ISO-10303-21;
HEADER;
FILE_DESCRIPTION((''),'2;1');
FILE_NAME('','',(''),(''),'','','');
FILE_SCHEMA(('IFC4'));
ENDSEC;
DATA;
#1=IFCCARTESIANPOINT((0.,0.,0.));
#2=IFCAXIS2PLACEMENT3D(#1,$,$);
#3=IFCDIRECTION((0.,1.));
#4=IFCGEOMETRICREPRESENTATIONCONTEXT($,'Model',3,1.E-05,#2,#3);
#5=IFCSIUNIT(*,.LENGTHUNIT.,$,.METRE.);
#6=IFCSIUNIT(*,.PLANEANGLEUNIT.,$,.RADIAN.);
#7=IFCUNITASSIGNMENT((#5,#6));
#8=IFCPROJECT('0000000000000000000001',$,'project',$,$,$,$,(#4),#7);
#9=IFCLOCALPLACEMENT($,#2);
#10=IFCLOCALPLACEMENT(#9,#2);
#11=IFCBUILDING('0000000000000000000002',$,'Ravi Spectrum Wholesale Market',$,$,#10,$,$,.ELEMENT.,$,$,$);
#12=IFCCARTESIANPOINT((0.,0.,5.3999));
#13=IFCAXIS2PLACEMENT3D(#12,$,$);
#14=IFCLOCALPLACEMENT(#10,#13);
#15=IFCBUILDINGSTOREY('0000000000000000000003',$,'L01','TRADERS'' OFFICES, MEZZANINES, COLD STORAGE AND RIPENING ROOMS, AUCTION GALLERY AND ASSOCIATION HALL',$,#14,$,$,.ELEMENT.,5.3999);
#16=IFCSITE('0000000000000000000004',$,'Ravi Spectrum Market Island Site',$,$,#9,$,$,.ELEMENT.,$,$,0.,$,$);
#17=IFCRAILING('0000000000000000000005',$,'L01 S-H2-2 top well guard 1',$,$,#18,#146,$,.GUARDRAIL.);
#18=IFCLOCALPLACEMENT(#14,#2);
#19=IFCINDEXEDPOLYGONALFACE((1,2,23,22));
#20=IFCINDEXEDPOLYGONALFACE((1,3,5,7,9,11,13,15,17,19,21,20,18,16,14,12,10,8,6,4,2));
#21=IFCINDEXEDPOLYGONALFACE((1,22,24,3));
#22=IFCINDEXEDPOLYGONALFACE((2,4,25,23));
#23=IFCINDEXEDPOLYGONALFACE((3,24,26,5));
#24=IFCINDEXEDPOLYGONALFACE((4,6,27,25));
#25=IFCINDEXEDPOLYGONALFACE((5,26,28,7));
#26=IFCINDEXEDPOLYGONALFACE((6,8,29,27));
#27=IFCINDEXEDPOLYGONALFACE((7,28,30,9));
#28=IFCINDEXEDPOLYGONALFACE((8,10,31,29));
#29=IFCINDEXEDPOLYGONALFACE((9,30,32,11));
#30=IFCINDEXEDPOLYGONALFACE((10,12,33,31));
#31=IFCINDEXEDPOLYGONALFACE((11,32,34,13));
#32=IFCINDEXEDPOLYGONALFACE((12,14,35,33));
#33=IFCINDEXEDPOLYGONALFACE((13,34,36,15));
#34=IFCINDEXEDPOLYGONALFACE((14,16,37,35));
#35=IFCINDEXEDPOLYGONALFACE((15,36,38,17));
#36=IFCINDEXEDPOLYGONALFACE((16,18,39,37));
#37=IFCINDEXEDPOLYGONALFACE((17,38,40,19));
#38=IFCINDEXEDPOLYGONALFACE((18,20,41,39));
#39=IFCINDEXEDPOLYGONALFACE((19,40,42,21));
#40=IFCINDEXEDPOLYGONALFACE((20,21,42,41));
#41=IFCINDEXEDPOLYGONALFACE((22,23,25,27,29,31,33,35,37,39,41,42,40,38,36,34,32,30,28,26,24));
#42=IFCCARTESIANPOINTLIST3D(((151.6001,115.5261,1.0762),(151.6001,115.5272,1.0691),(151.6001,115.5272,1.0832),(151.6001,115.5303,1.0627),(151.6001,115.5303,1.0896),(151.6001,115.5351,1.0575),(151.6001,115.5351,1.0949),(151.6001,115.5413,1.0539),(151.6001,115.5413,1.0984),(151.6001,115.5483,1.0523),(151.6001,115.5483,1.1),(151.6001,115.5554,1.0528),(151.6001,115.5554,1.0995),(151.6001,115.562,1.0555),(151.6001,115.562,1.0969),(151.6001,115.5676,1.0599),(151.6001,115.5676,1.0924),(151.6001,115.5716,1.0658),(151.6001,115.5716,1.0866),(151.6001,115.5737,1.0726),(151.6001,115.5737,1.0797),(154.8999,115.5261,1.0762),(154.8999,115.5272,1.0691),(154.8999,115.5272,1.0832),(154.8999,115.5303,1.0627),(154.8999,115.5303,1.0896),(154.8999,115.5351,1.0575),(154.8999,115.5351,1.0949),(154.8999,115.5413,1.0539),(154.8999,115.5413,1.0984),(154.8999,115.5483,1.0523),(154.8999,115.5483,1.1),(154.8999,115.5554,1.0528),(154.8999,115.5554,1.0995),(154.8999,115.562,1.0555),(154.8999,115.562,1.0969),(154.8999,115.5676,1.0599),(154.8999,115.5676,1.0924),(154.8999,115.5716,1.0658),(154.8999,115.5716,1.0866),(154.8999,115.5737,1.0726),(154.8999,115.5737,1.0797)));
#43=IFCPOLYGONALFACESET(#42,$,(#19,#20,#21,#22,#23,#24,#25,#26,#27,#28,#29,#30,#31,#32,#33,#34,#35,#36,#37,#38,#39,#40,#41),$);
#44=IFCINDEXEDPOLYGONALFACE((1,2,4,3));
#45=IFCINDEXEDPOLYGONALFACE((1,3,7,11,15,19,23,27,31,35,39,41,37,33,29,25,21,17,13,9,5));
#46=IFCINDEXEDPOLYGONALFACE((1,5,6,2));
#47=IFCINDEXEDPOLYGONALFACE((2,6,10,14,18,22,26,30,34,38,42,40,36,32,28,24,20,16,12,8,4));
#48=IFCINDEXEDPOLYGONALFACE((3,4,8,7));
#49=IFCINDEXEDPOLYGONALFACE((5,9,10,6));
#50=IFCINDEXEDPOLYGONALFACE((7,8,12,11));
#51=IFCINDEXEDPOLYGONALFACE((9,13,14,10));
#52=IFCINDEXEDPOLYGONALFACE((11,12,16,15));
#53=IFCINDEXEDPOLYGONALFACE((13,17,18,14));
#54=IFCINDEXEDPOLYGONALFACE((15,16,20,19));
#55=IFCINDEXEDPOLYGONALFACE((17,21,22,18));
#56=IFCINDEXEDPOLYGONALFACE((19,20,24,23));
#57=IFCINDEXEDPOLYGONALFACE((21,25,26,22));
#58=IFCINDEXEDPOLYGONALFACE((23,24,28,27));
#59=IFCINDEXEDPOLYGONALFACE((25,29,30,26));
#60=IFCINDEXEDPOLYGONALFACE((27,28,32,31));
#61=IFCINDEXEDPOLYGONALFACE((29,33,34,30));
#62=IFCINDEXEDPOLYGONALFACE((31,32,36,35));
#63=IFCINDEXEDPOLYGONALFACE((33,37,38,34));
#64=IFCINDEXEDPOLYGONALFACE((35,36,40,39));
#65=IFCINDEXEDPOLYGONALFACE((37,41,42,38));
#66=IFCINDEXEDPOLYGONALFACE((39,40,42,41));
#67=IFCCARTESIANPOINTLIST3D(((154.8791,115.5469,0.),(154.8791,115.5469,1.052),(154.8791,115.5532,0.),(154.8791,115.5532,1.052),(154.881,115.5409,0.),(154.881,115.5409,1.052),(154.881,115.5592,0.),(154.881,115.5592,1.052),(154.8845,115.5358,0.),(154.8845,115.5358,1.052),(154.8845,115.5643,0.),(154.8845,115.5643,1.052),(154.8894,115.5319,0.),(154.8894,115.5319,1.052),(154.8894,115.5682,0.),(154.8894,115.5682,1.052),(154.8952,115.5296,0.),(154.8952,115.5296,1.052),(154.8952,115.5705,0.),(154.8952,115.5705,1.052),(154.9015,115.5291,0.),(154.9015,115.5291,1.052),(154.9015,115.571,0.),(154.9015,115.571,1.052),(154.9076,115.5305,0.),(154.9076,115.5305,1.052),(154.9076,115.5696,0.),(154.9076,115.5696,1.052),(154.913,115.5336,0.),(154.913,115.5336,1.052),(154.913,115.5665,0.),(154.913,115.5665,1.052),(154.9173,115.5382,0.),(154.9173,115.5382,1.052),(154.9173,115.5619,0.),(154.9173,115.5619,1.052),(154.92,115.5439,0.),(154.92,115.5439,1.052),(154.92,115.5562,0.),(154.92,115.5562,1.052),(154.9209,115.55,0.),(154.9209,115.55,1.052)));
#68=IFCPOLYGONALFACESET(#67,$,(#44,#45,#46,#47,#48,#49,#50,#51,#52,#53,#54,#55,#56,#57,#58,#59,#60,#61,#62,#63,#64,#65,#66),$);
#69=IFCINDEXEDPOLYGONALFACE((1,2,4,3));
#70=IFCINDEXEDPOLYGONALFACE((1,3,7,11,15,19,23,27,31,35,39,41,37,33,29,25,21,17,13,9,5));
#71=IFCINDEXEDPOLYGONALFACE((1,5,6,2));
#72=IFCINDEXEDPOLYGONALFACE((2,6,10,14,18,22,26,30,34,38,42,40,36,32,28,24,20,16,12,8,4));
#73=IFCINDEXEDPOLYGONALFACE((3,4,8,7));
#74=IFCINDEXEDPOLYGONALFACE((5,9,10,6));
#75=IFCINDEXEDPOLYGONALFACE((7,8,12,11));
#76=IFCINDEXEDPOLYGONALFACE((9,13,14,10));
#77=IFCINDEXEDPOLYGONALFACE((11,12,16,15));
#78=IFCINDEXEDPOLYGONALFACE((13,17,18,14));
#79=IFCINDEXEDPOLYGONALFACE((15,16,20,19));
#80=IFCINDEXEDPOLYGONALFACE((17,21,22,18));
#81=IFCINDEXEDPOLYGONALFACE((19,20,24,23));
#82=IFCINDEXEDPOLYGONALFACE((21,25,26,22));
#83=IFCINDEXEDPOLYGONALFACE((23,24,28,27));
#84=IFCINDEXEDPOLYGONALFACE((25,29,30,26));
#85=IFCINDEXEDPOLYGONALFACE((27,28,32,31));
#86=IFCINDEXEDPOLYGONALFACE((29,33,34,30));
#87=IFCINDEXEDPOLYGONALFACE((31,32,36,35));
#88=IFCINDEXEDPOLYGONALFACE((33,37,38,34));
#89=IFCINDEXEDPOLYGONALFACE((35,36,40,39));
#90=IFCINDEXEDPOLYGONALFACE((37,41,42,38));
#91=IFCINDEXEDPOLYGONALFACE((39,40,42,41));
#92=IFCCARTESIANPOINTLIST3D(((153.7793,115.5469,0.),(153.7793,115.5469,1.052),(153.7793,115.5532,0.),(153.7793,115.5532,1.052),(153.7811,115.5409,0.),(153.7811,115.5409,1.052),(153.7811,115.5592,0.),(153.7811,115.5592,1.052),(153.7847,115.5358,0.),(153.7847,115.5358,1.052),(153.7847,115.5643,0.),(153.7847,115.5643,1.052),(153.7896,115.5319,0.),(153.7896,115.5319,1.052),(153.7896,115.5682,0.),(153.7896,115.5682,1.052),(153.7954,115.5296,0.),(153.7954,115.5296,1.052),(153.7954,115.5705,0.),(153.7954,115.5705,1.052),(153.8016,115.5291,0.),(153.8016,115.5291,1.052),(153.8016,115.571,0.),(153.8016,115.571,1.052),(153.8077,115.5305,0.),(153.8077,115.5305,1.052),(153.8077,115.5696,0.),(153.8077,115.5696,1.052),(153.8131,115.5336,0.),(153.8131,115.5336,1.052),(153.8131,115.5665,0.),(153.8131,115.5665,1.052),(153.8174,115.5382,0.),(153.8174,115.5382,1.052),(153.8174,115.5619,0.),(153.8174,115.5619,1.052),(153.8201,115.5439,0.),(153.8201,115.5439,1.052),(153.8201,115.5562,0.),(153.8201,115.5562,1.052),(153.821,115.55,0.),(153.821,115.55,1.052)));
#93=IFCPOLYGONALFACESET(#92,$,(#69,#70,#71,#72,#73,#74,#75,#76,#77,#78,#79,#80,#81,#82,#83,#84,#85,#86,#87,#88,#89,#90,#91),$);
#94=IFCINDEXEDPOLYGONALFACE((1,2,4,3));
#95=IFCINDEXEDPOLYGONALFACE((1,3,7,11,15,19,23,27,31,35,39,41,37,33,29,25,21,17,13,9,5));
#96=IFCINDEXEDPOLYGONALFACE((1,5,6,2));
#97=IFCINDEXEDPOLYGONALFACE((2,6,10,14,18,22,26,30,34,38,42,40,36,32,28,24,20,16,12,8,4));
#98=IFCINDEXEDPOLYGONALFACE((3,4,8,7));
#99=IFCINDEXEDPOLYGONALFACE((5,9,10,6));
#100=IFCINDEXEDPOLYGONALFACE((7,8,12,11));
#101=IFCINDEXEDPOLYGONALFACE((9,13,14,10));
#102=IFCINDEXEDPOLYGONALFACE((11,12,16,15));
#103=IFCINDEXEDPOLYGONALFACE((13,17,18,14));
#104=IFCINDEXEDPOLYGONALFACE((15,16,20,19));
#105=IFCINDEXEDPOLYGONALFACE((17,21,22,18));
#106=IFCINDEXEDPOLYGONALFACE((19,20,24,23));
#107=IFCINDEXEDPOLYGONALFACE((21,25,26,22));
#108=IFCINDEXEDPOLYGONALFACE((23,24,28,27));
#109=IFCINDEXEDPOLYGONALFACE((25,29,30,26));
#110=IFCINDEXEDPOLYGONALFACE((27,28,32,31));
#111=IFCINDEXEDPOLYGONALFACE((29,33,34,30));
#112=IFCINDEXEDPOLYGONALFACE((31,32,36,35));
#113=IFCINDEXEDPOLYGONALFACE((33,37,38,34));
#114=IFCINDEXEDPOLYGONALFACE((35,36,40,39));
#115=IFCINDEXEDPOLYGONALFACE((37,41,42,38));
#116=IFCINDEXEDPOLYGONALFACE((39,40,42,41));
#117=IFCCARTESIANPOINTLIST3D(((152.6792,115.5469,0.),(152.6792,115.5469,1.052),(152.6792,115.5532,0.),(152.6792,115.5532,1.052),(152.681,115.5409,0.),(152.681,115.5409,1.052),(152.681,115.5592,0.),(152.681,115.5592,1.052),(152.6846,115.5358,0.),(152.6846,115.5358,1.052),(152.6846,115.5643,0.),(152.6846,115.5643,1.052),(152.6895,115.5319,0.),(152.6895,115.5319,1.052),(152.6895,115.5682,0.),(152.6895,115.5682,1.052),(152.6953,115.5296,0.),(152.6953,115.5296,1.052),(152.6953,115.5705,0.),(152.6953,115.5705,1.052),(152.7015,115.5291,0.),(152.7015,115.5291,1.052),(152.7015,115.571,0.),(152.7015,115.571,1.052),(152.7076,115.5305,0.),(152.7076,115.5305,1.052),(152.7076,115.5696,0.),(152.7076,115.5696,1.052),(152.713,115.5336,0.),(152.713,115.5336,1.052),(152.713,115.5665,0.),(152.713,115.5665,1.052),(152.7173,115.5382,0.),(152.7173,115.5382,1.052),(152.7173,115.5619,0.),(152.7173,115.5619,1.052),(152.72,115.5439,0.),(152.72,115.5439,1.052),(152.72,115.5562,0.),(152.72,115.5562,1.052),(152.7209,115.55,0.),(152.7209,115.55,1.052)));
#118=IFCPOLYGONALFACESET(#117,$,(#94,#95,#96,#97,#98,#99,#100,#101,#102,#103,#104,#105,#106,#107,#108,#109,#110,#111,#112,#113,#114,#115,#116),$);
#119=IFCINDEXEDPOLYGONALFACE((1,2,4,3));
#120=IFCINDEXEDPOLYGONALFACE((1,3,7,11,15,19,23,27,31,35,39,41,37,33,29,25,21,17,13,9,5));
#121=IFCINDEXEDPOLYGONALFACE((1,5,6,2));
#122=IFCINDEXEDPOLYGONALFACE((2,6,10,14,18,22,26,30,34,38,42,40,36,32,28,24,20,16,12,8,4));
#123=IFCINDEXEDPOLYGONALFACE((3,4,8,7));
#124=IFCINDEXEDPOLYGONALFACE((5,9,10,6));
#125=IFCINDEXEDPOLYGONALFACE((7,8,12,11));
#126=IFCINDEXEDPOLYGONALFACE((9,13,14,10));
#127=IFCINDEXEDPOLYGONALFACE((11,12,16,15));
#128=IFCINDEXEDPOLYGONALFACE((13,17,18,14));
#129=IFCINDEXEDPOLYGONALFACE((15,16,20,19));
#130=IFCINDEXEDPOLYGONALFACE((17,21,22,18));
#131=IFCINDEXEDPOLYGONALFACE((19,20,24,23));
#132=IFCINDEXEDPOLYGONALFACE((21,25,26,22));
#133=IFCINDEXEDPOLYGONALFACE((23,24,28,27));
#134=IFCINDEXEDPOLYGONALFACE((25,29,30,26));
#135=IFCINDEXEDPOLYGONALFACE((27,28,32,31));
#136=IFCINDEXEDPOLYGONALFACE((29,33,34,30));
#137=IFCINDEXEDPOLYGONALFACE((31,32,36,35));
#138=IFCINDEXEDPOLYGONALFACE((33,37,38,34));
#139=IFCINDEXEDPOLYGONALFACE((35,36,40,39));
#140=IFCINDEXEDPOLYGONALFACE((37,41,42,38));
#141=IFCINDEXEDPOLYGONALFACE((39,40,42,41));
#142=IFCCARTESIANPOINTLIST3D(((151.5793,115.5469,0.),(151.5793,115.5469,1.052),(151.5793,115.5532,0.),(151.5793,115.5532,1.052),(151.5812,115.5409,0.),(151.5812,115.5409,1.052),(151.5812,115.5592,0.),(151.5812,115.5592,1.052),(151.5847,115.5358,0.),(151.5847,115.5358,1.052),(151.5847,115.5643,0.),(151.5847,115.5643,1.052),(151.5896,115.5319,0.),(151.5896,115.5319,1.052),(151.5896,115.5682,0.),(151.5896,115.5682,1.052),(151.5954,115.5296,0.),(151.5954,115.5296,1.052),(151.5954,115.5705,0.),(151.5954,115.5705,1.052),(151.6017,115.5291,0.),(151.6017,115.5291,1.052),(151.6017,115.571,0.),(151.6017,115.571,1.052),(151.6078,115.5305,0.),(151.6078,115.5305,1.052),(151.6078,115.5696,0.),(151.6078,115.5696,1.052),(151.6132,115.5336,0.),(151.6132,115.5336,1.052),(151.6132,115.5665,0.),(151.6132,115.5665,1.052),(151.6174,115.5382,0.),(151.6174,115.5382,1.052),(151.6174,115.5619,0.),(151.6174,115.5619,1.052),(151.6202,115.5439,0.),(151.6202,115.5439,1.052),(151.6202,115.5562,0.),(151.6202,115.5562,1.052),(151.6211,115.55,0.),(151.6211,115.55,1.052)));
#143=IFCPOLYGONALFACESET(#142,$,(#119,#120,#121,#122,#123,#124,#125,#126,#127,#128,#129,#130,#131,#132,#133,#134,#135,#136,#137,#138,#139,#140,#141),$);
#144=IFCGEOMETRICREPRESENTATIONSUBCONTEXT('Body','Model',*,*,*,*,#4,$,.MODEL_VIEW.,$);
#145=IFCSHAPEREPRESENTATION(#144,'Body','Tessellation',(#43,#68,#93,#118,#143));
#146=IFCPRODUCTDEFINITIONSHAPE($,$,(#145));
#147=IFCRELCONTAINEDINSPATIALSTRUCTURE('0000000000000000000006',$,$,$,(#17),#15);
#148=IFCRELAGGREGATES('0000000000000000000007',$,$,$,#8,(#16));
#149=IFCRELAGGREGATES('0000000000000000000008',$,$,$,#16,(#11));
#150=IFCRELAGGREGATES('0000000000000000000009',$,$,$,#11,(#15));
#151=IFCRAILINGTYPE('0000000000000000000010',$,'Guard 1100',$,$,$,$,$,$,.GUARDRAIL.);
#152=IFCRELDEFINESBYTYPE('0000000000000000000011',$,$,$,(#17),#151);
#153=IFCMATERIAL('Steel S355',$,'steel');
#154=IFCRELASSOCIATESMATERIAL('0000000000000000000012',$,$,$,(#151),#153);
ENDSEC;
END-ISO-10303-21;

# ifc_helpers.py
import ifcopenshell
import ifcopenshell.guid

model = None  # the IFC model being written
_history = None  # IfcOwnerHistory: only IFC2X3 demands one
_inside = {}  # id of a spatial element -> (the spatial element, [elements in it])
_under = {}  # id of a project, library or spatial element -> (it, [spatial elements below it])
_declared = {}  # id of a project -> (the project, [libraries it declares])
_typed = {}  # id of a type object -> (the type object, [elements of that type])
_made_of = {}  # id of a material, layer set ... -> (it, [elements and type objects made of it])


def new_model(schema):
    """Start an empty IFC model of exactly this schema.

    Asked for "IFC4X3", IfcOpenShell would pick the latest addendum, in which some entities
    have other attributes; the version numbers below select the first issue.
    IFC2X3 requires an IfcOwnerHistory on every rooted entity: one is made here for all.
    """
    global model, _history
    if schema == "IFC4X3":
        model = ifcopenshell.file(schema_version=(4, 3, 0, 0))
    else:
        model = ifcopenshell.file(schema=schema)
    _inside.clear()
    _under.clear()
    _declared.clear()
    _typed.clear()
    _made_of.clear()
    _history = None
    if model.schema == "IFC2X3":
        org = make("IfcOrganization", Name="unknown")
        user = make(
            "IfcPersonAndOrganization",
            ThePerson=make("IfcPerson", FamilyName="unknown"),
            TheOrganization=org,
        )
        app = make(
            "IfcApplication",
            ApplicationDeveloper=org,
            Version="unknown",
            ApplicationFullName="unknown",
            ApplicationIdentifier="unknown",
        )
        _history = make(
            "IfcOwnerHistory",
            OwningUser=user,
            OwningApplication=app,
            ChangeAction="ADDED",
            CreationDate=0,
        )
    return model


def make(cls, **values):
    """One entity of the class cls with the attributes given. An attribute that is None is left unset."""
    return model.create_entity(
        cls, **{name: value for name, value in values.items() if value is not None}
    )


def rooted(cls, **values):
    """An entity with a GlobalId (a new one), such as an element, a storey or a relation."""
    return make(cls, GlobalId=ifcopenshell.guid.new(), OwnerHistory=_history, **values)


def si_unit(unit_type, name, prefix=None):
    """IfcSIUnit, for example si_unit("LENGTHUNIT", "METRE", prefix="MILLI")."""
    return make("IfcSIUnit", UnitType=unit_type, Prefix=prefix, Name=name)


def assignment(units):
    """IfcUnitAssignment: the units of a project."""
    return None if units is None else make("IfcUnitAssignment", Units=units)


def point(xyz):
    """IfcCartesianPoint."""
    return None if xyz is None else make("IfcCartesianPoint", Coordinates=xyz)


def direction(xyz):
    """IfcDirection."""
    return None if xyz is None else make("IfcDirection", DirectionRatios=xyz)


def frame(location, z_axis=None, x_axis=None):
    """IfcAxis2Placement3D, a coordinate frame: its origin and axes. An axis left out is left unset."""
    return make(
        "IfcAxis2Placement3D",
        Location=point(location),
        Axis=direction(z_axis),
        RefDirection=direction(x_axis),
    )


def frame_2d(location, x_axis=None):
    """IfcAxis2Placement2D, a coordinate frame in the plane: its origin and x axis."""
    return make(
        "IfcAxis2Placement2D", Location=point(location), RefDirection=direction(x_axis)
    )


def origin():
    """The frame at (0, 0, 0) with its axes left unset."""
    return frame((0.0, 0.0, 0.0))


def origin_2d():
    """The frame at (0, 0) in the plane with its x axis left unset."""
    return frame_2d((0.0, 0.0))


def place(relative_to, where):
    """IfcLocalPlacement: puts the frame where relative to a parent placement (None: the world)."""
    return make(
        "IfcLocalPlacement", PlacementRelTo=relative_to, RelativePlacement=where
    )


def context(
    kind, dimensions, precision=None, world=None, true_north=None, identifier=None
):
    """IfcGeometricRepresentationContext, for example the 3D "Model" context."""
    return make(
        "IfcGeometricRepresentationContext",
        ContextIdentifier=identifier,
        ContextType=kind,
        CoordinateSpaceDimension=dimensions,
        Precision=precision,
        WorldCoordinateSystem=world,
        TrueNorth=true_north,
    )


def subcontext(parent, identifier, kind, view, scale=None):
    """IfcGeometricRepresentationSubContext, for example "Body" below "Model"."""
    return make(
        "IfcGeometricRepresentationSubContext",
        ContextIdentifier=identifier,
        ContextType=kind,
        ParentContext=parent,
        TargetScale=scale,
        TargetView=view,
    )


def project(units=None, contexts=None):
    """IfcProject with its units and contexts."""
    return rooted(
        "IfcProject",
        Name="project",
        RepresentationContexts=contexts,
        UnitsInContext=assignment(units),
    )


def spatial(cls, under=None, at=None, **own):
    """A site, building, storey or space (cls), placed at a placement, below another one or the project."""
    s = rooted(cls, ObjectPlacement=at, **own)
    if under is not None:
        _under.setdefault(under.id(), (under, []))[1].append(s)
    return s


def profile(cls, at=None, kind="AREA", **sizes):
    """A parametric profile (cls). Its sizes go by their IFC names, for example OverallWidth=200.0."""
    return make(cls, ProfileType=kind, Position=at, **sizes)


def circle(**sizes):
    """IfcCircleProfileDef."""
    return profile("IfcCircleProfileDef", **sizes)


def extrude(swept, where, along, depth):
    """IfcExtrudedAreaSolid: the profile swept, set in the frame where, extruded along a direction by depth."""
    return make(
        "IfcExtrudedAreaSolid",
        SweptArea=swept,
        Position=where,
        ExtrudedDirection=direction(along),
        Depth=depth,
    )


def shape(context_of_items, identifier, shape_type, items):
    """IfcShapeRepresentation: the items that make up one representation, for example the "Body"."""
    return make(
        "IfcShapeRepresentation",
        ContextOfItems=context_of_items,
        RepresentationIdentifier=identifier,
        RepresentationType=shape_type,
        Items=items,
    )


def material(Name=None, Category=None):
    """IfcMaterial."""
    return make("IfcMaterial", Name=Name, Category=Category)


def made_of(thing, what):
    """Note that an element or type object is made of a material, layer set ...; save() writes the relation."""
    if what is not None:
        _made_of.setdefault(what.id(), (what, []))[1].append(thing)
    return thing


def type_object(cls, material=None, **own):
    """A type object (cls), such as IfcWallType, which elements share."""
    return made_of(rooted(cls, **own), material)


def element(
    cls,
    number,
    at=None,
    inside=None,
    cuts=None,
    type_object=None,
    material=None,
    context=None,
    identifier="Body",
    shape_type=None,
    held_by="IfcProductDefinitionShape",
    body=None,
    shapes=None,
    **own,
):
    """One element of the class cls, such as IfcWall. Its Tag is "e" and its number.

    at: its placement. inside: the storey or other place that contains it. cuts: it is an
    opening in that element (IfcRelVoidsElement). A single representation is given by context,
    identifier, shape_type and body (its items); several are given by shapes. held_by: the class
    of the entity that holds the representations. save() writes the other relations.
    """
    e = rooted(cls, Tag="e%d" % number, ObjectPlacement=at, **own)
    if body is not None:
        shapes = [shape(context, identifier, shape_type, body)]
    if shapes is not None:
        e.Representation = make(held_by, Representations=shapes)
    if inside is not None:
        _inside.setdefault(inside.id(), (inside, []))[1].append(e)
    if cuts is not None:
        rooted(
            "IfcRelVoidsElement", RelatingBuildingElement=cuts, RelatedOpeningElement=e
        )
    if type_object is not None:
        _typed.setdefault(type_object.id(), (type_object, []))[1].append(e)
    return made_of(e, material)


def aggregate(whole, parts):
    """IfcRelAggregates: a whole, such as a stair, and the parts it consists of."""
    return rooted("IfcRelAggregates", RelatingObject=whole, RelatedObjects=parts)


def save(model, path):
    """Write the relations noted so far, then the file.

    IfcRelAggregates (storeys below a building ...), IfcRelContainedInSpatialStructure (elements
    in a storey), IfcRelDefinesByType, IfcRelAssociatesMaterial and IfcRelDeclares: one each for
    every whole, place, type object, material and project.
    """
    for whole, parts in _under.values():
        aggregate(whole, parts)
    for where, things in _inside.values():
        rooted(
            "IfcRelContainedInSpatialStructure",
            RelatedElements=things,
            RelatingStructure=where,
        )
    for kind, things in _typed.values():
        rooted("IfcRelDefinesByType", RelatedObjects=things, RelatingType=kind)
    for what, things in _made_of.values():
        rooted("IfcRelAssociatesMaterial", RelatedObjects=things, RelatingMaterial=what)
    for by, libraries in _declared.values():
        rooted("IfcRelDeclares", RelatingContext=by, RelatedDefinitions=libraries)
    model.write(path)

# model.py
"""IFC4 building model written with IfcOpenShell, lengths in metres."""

from ifc_helpers import new_model, si_unit, direction, frame, origin, origin_2d, place, context, subcontext, project, spatial, circle, extrude, material, type_object, element, save


model = new_model("IFC4")

# Units and contexts
model_context = context("Model", 3, precision=1e-05, world=origin(), true_north=direction((0.0, 1.0)))
body_context = subcontext(model_context, "Body", "Model", "MODEL_VIEW")
ifc_project = project(units=[si_unit("LENGTHUNIT", "METRE"), si_unit("PLANEANGLEUNIT", "RADIAN")], contexts=[model_context])

# Site, building, storey
site_placement = place(None, origin())
site = spatial("IfcSite", under=ifc_project, at=site_placement, Name="Ravi Spectrum Market Island Site", CompositionType="ELEMENT", RefElevation=0.0)
building_placement = place(site_placement, origin())
building = spatial("IfcBuilding", under=site, at=building_placement, Name="Ravi Spectrum Wholesale Market", CompositionType="ELEMENT")
storey_placement = place(building_placement, frame((0.0, 0.0, 5.3999)))
storey = spatial("IfcBuildingStorey", under=building, at=storey_placement, Name="L01", Description="TRADERS' OFFICES, MEZZANINES, COLD STORAGE AND RIPENING ROOMS, AUCTION GALLERY AND ASSOCIATION HALL", CompositionType="ELEMENT", Elevation=5.3999)

# Railing
ifc_material_1 = material(Name="Steel S355", Category="steel")
railing_type = type_object("IfcRailingType", Name="Guard 1100", PredefinedType="GUARDRAIL", material=ifc_material_1)
railing_placement = place(storey_placement, frame((154.8999, 115.55, 0.0)))
element("IfcRailing", 1, at=railing_placement, inside=storey, type_object=railing_type, Name="L01 S-H2-2 top well guard 1", PredefinedType="GUARDRAIL", context=body_context, shape_type="SweptSolid", body=[
    extrude(circle(Radius=0.0239, at=origin_2d()), frame((0.0, 0.0, 1.0762), z_axis=(-1.0, 0.0, 0.0), x_axis=(0.0, -1.0, 0.0)), (0.0, 0.0, 1.0), 3.2998),
    extrude(circle(Radius=0.021, at=origin_2d()), origin(), (0.0, 0.0, 1.0), 1.052),
    extrude(circle(Radius=0.021, at=origin_2d()), frame((-1.0999, 0.0, 0.0)), (0.0, 0.0, 1.0), 1.052),
    extrude(circle(Radius=0.021, at=origin_2d()), frame((-2.2, 0.0, 0.0)), (0.0, 0.0, 1.0), 1.052),
    extrude(circle(Radius=0.021, at=origin_2d()), frame((-3.2998, 0.0, 0.0)), (0.0, 0.0, 1.0), 1.052),
])

save(model, "model.ifc")
